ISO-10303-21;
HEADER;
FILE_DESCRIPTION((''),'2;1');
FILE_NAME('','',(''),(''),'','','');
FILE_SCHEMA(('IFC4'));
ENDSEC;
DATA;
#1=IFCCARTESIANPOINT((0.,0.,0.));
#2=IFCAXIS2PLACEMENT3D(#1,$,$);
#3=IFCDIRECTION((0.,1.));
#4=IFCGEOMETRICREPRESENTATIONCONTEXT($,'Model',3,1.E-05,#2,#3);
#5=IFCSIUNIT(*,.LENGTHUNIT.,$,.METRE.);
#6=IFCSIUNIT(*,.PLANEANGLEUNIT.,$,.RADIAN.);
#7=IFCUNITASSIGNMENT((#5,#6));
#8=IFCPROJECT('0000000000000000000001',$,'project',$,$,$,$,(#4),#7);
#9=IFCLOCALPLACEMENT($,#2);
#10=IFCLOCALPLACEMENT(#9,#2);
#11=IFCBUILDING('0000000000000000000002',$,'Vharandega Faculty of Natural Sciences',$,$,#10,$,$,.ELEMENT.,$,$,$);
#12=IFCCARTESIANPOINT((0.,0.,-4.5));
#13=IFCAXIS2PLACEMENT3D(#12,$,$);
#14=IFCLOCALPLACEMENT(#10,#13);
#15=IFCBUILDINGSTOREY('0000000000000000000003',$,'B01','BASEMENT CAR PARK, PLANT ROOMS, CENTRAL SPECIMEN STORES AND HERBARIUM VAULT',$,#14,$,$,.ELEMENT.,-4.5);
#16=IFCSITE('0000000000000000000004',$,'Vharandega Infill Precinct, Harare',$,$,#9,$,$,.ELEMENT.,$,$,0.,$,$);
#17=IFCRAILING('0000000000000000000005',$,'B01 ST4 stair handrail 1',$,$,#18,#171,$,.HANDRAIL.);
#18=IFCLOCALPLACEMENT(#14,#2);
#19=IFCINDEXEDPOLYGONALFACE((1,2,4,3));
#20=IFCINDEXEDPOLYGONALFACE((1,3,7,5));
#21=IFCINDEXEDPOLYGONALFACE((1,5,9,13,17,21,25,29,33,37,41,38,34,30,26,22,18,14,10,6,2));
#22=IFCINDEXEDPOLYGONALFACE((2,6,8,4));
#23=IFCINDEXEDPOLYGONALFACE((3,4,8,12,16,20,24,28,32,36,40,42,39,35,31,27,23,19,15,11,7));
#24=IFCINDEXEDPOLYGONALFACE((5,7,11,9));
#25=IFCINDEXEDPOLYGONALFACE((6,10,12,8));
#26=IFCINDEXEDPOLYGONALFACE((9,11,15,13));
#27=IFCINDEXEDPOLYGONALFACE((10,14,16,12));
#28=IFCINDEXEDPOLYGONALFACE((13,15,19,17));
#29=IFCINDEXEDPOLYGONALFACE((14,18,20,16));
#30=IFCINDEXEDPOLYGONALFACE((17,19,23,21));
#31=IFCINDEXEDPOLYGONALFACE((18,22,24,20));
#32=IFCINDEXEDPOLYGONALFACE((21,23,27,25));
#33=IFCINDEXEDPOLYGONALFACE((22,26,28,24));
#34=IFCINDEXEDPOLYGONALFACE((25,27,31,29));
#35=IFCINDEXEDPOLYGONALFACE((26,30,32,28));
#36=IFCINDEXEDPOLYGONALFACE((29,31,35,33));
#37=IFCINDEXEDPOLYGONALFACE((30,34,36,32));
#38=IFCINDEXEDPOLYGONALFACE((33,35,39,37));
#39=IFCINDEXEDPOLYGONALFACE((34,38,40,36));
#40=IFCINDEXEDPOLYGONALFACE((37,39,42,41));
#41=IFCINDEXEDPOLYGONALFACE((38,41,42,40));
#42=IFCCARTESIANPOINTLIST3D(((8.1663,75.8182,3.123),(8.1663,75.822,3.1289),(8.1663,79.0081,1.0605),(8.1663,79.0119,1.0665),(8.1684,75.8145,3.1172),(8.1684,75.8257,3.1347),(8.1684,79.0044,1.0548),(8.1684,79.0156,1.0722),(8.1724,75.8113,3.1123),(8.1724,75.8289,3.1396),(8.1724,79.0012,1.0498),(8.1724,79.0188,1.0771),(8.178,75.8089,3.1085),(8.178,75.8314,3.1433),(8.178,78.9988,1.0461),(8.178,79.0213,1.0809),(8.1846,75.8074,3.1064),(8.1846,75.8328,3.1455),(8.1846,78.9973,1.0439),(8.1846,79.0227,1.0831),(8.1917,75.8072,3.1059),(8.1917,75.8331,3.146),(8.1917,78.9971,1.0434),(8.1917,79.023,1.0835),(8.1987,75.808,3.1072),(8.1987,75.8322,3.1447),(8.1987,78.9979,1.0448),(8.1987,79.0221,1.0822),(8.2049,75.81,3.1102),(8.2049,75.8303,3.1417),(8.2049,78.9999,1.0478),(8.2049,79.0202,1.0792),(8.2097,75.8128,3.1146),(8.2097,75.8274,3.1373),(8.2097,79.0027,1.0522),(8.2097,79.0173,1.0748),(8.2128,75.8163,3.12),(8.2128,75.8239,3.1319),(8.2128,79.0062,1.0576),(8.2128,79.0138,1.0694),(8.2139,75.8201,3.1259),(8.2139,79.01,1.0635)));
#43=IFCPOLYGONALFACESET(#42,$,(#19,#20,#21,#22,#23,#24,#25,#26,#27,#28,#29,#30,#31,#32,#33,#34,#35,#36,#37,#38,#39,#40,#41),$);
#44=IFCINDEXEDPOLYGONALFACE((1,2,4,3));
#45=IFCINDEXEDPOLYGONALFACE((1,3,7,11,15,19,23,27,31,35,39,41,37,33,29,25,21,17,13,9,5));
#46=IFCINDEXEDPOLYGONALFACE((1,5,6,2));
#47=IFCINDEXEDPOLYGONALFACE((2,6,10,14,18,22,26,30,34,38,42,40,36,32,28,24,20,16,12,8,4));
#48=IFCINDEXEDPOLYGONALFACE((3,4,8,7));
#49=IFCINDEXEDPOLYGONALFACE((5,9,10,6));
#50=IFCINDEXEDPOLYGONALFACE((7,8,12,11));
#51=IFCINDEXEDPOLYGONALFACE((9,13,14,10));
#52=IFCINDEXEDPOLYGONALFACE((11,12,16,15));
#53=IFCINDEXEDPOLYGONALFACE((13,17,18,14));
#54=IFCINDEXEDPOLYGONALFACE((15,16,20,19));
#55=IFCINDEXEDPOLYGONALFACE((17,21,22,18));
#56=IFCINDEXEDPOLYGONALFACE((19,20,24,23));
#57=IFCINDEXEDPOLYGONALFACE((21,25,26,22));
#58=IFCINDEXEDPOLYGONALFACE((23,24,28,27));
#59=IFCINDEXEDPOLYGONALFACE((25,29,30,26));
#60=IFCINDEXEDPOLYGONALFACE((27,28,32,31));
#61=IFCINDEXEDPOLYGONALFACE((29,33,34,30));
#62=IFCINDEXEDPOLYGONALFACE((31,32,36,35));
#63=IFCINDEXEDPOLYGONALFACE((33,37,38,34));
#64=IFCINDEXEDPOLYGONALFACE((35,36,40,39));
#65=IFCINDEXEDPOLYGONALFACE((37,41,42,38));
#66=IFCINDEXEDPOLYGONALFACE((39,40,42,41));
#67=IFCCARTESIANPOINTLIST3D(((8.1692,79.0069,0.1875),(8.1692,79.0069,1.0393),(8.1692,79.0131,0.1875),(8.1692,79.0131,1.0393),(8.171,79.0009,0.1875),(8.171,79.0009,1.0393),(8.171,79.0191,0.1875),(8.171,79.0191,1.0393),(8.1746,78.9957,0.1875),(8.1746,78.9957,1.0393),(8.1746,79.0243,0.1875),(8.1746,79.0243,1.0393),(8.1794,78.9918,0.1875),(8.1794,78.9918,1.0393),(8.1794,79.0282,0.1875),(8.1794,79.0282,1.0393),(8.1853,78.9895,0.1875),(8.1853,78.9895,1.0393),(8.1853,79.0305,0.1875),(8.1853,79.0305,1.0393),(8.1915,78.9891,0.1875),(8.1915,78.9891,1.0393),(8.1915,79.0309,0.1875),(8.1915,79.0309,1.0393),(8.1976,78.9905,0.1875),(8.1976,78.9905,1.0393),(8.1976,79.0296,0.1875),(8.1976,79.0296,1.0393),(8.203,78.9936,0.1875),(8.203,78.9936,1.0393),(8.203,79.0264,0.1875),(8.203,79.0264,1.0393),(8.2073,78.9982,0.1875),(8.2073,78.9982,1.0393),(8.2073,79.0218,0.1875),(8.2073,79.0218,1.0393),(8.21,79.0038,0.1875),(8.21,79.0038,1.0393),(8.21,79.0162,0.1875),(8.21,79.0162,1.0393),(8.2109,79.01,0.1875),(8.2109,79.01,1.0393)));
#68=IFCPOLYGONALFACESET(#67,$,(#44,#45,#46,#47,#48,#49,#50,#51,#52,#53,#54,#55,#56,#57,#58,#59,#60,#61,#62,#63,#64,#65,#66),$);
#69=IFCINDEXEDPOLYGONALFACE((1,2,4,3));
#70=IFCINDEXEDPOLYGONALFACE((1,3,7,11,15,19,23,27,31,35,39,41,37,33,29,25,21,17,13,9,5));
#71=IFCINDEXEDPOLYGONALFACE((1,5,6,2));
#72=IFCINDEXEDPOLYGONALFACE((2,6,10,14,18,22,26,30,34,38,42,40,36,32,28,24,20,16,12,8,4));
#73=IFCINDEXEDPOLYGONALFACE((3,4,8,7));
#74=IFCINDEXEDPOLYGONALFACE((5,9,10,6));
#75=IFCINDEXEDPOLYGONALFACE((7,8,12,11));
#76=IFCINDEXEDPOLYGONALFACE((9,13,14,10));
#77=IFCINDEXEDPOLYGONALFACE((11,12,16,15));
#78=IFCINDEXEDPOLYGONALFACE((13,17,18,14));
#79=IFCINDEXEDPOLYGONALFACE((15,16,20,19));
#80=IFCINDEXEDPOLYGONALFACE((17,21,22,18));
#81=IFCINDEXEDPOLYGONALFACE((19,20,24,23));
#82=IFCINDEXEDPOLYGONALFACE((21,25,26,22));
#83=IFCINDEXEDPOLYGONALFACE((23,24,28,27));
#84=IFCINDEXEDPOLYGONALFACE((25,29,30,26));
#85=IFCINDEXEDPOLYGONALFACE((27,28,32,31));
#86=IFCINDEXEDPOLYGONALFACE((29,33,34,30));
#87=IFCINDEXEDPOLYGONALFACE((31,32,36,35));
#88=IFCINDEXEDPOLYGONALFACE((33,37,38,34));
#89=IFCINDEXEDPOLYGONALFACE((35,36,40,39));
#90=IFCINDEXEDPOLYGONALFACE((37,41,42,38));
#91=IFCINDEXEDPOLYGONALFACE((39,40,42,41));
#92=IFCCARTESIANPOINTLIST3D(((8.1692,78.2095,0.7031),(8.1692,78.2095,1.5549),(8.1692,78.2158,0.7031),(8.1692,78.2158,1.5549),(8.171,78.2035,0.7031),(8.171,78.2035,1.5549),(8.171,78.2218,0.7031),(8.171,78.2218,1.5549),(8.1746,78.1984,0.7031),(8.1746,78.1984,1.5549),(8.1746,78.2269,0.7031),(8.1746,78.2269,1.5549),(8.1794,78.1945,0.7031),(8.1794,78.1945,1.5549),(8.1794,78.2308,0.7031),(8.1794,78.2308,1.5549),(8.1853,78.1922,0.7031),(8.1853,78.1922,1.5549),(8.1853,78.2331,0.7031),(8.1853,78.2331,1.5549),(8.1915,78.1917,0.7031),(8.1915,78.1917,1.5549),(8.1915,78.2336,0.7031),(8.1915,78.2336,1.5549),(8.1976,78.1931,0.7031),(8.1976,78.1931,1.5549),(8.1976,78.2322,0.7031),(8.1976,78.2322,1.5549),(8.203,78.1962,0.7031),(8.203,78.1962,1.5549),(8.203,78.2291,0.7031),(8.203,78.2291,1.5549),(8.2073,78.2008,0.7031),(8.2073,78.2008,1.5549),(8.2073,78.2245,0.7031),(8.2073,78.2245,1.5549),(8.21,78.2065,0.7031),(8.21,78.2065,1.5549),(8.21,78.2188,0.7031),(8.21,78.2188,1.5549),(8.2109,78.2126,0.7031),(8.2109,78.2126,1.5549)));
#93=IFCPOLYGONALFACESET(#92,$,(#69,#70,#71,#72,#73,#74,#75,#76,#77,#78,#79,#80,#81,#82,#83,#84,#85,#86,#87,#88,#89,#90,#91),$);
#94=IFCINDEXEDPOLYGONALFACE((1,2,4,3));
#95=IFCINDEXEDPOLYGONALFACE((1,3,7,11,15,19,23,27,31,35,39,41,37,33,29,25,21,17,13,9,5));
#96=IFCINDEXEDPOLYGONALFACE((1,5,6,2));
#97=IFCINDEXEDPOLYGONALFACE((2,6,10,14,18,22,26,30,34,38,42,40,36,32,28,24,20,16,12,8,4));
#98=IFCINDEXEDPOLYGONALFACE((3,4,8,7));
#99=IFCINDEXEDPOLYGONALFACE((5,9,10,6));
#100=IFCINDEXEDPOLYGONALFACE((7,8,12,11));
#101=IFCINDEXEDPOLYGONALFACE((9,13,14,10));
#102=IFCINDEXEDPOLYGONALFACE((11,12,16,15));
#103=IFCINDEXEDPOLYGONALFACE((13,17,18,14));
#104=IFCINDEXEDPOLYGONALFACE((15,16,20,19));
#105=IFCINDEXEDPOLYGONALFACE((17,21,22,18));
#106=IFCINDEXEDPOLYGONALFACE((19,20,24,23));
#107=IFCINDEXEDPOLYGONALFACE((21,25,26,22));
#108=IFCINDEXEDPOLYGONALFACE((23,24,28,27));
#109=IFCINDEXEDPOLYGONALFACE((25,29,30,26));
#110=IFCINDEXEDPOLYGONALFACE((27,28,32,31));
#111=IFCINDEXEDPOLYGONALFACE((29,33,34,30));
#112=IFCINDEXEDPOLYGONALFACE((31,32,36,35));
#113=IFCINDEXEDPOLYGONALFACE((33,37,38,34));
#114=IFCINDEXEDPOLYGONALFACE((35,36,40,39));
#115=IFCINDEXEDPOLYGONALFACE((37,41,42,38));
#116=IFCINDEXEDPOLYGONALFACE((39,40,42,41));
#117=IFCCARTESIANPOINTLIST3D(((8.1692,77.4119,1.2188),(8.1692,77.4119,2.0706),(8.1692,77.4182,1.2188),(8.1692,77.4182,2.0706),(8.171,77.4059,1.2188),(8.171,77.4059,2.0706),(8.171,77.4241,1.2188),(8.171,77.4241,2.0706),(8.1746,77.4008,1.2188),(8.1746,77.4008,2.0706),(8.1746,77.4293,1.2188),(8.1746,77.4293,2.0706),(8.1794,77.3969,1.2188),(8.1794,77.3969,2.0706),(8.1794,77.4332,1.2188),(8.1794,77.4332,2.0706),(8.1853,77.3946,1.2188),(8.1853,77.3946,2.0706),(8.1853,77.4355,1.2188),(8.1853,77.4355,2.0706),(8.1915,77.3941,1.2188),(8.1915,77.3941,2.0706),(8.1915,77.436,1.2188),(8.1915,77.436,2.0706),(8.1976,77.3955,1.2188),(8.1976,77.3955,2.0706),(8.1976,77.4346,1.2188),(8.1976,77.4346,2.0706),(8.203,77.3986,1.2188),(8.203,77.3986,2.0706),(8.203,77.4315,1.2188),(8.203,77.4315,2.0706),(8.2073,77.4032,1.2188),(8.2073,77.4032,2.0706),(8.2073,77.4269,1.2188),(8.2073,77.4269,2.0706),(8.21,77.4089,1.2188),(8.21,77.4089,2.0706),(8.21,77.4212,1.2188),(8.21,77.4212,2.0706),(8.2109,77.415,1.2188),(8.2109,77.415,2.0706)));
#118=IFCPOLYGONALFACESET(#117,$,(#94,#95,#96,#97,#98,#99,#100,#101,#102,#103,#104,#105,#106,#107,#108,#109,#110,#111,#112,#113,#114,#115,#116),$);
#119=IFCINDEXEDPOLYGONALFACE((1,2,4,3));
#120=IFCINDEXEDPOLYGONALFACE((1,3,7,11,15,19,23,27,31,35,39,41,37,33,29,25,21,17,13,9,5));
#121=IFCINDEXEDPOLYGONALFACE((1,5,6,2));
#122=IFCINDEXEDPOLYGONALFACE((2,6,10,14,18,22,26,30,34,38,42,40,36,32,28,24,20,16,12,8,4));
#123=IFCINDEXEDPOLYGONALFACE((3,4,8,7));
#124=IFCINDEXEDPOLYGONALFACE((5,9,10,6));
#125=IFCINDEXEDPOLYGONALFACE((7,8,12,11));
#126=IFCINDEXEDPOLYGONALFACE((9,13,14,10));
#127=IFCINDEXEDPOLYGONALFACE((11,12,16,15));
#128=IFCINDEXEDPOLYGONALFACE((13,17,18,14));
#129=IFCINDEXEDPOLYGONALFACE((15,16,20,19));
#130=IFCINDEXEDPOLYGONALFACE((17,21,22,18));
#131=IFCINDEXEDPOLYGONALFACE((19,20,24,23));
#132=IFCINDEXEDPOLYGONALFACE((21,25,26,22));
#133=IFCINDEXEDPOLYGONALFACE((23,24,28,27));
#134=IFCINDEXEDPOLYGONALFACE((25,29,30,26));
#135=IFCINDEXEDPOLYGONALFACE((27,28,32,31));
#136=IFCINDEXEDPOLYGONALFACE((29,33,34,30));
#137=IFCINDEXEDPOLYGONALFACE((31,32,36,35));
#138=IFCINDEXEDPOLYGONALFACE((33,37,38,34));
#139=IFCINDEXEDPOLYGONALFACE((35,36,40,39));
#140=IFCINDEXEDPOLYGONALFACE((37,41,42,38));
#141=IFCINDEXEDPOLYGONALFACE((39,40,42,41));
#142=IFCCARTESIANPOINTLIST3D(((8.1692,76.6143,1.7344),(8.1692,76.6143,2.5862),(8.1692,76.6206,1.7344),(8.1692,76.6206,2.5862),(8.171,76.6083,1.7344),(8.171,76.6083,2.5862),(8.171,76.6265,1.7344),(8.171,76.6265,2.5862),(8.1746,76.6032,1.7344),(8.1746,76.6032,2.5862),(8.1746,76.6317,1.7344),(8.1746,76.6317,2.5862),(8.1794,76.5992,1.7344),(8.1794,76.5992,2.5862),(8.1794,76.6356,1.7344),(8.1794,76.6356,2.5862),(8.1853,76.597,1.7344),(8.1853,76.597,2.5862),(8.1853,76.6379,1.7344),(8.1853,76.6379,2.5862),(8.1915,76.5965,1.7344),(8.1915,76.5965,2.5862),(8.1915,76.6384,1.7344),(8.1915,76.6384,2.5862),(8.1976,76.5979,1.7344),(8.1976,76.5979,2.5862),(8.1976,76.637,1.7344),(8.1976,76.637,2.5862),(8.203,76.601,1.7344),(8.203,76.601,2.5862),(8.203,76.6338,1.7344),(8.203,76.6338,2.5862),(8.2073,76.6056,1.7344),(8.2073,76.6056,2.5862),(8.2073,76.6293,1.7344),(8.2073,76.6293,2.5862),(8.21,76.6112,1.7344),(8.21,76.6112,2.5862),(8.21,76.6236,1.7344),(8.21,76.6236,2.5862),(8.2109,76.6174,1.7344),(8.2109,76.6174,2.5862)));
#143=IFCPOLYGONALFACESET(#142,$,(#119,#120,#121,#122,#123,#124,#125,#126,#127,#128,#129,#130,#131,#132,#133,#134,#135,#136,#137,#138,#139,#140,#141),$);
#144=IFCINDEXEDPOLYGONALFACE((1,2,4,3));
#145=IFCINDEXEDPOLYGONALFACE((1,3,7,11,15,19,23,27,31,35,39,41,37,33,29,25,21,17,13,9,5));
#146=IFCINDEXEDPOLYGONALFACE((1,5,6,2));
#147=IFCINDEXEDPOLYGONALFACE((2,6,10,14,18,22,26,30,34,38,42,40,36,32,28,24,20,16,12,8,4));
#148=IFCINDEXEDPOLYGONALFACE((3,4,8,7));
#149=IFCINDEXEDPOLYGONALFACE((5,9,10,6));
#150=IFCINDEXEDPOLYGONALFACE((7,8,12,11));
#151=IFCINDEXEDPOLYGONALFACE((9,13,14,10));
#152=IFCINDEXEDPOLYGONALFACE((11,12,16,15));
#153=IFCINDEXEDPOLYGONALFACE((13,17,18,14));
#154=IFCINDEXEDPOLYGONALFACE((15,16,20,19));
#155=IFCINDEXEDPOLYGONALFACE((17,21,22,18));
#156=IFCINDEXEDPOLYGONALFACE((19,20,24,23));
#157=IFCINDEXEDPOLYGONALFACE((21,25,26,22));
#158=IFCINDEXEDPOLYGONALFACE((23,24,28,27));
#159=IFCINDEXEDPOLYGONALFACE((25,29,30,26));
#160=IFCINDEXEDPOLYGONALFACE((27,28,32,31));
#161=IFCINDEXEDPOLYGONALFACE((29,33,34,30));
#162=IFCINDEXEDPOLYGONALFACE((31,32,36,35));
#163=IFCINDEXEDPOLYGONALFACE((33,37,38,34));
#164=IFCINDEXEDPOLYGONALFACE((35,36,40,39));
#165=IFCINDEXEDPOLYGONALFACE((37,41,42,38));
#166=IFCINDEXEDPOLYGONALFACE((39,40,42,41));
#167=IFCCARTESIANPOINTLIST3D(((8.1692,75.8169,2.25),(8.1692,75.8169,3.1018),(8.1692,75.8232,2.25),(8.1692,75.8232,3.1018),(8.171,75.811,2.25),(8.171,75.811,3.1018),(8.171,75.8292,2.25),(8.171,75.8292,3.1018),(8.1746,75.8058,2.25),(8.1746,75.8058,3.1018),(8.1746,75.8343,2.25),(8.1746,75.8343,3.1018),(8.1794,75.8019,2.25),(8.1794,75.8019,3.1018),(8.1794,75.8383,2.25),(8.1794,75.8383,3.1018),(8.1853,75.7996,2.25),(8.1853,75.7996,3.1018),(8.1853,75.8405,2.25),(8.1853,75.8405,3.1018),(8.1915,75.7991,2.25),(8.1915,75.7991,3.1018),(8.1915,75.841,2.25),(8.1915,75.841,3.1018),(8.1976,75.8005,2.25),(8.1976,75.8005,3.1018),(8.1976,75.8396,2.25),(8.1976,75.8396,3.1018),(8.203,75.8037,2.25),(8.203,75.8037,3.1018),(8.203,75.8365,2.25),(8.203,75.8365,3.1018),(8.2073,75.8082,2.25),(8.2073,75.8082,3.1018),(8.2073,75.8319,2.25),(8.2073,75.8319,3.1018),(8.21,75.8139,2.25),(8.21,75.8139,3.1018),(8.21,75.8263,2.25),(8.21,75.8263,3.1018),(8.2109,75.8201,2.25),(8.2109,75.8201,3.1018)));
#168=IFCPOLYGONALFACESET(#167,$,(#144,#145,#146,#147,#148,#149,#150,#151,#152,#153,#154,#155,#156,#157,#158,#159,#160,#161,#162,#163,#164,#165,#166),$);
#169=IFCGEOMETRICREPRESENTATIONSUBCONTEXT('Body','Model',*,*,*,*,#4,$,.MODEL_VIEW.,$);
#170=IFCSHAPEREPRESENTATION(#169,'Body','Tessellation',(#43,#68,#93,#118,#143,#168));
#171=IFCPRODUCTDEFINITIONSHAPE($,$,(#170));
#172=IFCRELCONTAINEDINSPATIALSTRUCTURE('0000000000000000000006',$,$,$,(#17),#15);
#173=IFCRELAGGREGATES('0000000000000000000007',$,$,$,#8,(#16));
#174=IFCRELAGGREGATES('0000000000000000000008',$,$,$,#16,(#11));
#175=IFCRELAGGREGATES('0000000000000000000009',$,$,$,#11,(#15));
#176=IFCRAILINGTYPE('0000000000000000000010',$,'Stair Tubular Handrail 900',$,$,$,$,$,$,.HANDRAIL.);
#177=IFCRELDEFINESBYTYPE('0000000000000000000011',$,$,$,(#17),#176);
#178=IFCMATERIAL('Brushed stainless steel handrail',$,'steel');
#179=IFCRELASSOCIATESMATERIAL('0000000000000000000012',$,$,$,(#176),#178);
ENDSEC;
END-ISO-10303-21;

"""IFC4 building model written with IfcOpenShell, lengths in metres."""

from ifc_helpers import new_model, si_unit, direction, frame, origin, origin_2d, place, context, subcontext, project, spatial, circle, extrude, material, type_object, element, save


model = new_model("IFC4")

# Units and contexts
model_context = context("Model", 3, precision=1e-05, world=origin(), true_north=direction((0.0, 1.0)))
body_context = subcontext(model_context, "Body", "Model", "MODEL_VIEW")
ifc_project = project(units=[si_unit("LENGTHUNIT", "METRE"), si_unit("PLANEANGLEUNIT", "RADIAN")], contexts=[model_context])

# Site, building, storey
site_placement = place(None, origin())
site = spatial("IfcSite", under=ifc_project, at=site_placement, Name="Vharandega Infill Precinct, Harare", CompositionType="ELEMENT", RefElevation=0.0)
building_placement = place(site_placement, origin())
building = spatial("IfcBuilding", under=site, at=building_placement, Name="Vharandega Faculty of Natural Sciences", CompositionType="ELEMENT")
storey_placement = place(building_placement, frame((0.0, 0.0, -4.5)))
storey = spatial("IfcBuildingStorey", under=building, at=storey_placement, Name="B01", Description="BASEMENT CAR PARK, PLANT ROOMS, CENTRAL SPECIMEN STORES AND HERBARIUM VAULT", CompositionType="ELEMENT", Elevation=-4.5)

# Railing
ifc_material_1 = material(Name="Brushed stainless steel handrail", Category="steel")
railing_type_1 = type_object("IfcRailingType", Name="Stair Tubular Handrail 900", PredefinedType="HANDRAIL", material=ifc_material_1)
railing_1_placement = place(storey_placement, frame((8.1899, 79.01, 0.1875)))
element("IfcRailing", 1, at=railing_1_placement, inside=storey, type_object=railing_type_1, Name="B01 ST4 stair handrail 1", PredefinedType="HANDRAIL", context=body_context, shape_type="SweptSolid", body=[
    extrude(circle(Radius=0.0239, at=origin_2d()), frame((0.0, 0.0, 0.876), z_axis=(0.0, -0.83976, 0.542958), x_axis=(1.0, 0.0, 0.0)), (0.0, 0.0, 1.0), 3.7986),
    extrude(circle(Radius=0.021, at=origin_2d()), origin(), (0.0, 0.0, 1.0), 0.8518),
    extrude(circle(Radius=0.021, at=origin_2d()), frame((0.0, -0.7974, 0.5156)), (0.0, 0.0, 1.0), 0.8518),
    extrude(circle(Radius=0.021, at=origin_2d()), frame((0.0, -1.595, 1.0312)), (0.0, 0.0, 1.0), 0.8518),
    extrude(circle(Radius=0.021, at=origin_2d()), frame((0.0, -2.3926, 1.5469)), (0.0, 0.0, 1.0), 0.8518),
    extrude(circle(Radius=0.021, at=origin_2d()), frame((0.0, -3.1899, 2.0625)), (0.0, 0.0, 1.0), 0.8518),
])

save(model, "model.ifc")
